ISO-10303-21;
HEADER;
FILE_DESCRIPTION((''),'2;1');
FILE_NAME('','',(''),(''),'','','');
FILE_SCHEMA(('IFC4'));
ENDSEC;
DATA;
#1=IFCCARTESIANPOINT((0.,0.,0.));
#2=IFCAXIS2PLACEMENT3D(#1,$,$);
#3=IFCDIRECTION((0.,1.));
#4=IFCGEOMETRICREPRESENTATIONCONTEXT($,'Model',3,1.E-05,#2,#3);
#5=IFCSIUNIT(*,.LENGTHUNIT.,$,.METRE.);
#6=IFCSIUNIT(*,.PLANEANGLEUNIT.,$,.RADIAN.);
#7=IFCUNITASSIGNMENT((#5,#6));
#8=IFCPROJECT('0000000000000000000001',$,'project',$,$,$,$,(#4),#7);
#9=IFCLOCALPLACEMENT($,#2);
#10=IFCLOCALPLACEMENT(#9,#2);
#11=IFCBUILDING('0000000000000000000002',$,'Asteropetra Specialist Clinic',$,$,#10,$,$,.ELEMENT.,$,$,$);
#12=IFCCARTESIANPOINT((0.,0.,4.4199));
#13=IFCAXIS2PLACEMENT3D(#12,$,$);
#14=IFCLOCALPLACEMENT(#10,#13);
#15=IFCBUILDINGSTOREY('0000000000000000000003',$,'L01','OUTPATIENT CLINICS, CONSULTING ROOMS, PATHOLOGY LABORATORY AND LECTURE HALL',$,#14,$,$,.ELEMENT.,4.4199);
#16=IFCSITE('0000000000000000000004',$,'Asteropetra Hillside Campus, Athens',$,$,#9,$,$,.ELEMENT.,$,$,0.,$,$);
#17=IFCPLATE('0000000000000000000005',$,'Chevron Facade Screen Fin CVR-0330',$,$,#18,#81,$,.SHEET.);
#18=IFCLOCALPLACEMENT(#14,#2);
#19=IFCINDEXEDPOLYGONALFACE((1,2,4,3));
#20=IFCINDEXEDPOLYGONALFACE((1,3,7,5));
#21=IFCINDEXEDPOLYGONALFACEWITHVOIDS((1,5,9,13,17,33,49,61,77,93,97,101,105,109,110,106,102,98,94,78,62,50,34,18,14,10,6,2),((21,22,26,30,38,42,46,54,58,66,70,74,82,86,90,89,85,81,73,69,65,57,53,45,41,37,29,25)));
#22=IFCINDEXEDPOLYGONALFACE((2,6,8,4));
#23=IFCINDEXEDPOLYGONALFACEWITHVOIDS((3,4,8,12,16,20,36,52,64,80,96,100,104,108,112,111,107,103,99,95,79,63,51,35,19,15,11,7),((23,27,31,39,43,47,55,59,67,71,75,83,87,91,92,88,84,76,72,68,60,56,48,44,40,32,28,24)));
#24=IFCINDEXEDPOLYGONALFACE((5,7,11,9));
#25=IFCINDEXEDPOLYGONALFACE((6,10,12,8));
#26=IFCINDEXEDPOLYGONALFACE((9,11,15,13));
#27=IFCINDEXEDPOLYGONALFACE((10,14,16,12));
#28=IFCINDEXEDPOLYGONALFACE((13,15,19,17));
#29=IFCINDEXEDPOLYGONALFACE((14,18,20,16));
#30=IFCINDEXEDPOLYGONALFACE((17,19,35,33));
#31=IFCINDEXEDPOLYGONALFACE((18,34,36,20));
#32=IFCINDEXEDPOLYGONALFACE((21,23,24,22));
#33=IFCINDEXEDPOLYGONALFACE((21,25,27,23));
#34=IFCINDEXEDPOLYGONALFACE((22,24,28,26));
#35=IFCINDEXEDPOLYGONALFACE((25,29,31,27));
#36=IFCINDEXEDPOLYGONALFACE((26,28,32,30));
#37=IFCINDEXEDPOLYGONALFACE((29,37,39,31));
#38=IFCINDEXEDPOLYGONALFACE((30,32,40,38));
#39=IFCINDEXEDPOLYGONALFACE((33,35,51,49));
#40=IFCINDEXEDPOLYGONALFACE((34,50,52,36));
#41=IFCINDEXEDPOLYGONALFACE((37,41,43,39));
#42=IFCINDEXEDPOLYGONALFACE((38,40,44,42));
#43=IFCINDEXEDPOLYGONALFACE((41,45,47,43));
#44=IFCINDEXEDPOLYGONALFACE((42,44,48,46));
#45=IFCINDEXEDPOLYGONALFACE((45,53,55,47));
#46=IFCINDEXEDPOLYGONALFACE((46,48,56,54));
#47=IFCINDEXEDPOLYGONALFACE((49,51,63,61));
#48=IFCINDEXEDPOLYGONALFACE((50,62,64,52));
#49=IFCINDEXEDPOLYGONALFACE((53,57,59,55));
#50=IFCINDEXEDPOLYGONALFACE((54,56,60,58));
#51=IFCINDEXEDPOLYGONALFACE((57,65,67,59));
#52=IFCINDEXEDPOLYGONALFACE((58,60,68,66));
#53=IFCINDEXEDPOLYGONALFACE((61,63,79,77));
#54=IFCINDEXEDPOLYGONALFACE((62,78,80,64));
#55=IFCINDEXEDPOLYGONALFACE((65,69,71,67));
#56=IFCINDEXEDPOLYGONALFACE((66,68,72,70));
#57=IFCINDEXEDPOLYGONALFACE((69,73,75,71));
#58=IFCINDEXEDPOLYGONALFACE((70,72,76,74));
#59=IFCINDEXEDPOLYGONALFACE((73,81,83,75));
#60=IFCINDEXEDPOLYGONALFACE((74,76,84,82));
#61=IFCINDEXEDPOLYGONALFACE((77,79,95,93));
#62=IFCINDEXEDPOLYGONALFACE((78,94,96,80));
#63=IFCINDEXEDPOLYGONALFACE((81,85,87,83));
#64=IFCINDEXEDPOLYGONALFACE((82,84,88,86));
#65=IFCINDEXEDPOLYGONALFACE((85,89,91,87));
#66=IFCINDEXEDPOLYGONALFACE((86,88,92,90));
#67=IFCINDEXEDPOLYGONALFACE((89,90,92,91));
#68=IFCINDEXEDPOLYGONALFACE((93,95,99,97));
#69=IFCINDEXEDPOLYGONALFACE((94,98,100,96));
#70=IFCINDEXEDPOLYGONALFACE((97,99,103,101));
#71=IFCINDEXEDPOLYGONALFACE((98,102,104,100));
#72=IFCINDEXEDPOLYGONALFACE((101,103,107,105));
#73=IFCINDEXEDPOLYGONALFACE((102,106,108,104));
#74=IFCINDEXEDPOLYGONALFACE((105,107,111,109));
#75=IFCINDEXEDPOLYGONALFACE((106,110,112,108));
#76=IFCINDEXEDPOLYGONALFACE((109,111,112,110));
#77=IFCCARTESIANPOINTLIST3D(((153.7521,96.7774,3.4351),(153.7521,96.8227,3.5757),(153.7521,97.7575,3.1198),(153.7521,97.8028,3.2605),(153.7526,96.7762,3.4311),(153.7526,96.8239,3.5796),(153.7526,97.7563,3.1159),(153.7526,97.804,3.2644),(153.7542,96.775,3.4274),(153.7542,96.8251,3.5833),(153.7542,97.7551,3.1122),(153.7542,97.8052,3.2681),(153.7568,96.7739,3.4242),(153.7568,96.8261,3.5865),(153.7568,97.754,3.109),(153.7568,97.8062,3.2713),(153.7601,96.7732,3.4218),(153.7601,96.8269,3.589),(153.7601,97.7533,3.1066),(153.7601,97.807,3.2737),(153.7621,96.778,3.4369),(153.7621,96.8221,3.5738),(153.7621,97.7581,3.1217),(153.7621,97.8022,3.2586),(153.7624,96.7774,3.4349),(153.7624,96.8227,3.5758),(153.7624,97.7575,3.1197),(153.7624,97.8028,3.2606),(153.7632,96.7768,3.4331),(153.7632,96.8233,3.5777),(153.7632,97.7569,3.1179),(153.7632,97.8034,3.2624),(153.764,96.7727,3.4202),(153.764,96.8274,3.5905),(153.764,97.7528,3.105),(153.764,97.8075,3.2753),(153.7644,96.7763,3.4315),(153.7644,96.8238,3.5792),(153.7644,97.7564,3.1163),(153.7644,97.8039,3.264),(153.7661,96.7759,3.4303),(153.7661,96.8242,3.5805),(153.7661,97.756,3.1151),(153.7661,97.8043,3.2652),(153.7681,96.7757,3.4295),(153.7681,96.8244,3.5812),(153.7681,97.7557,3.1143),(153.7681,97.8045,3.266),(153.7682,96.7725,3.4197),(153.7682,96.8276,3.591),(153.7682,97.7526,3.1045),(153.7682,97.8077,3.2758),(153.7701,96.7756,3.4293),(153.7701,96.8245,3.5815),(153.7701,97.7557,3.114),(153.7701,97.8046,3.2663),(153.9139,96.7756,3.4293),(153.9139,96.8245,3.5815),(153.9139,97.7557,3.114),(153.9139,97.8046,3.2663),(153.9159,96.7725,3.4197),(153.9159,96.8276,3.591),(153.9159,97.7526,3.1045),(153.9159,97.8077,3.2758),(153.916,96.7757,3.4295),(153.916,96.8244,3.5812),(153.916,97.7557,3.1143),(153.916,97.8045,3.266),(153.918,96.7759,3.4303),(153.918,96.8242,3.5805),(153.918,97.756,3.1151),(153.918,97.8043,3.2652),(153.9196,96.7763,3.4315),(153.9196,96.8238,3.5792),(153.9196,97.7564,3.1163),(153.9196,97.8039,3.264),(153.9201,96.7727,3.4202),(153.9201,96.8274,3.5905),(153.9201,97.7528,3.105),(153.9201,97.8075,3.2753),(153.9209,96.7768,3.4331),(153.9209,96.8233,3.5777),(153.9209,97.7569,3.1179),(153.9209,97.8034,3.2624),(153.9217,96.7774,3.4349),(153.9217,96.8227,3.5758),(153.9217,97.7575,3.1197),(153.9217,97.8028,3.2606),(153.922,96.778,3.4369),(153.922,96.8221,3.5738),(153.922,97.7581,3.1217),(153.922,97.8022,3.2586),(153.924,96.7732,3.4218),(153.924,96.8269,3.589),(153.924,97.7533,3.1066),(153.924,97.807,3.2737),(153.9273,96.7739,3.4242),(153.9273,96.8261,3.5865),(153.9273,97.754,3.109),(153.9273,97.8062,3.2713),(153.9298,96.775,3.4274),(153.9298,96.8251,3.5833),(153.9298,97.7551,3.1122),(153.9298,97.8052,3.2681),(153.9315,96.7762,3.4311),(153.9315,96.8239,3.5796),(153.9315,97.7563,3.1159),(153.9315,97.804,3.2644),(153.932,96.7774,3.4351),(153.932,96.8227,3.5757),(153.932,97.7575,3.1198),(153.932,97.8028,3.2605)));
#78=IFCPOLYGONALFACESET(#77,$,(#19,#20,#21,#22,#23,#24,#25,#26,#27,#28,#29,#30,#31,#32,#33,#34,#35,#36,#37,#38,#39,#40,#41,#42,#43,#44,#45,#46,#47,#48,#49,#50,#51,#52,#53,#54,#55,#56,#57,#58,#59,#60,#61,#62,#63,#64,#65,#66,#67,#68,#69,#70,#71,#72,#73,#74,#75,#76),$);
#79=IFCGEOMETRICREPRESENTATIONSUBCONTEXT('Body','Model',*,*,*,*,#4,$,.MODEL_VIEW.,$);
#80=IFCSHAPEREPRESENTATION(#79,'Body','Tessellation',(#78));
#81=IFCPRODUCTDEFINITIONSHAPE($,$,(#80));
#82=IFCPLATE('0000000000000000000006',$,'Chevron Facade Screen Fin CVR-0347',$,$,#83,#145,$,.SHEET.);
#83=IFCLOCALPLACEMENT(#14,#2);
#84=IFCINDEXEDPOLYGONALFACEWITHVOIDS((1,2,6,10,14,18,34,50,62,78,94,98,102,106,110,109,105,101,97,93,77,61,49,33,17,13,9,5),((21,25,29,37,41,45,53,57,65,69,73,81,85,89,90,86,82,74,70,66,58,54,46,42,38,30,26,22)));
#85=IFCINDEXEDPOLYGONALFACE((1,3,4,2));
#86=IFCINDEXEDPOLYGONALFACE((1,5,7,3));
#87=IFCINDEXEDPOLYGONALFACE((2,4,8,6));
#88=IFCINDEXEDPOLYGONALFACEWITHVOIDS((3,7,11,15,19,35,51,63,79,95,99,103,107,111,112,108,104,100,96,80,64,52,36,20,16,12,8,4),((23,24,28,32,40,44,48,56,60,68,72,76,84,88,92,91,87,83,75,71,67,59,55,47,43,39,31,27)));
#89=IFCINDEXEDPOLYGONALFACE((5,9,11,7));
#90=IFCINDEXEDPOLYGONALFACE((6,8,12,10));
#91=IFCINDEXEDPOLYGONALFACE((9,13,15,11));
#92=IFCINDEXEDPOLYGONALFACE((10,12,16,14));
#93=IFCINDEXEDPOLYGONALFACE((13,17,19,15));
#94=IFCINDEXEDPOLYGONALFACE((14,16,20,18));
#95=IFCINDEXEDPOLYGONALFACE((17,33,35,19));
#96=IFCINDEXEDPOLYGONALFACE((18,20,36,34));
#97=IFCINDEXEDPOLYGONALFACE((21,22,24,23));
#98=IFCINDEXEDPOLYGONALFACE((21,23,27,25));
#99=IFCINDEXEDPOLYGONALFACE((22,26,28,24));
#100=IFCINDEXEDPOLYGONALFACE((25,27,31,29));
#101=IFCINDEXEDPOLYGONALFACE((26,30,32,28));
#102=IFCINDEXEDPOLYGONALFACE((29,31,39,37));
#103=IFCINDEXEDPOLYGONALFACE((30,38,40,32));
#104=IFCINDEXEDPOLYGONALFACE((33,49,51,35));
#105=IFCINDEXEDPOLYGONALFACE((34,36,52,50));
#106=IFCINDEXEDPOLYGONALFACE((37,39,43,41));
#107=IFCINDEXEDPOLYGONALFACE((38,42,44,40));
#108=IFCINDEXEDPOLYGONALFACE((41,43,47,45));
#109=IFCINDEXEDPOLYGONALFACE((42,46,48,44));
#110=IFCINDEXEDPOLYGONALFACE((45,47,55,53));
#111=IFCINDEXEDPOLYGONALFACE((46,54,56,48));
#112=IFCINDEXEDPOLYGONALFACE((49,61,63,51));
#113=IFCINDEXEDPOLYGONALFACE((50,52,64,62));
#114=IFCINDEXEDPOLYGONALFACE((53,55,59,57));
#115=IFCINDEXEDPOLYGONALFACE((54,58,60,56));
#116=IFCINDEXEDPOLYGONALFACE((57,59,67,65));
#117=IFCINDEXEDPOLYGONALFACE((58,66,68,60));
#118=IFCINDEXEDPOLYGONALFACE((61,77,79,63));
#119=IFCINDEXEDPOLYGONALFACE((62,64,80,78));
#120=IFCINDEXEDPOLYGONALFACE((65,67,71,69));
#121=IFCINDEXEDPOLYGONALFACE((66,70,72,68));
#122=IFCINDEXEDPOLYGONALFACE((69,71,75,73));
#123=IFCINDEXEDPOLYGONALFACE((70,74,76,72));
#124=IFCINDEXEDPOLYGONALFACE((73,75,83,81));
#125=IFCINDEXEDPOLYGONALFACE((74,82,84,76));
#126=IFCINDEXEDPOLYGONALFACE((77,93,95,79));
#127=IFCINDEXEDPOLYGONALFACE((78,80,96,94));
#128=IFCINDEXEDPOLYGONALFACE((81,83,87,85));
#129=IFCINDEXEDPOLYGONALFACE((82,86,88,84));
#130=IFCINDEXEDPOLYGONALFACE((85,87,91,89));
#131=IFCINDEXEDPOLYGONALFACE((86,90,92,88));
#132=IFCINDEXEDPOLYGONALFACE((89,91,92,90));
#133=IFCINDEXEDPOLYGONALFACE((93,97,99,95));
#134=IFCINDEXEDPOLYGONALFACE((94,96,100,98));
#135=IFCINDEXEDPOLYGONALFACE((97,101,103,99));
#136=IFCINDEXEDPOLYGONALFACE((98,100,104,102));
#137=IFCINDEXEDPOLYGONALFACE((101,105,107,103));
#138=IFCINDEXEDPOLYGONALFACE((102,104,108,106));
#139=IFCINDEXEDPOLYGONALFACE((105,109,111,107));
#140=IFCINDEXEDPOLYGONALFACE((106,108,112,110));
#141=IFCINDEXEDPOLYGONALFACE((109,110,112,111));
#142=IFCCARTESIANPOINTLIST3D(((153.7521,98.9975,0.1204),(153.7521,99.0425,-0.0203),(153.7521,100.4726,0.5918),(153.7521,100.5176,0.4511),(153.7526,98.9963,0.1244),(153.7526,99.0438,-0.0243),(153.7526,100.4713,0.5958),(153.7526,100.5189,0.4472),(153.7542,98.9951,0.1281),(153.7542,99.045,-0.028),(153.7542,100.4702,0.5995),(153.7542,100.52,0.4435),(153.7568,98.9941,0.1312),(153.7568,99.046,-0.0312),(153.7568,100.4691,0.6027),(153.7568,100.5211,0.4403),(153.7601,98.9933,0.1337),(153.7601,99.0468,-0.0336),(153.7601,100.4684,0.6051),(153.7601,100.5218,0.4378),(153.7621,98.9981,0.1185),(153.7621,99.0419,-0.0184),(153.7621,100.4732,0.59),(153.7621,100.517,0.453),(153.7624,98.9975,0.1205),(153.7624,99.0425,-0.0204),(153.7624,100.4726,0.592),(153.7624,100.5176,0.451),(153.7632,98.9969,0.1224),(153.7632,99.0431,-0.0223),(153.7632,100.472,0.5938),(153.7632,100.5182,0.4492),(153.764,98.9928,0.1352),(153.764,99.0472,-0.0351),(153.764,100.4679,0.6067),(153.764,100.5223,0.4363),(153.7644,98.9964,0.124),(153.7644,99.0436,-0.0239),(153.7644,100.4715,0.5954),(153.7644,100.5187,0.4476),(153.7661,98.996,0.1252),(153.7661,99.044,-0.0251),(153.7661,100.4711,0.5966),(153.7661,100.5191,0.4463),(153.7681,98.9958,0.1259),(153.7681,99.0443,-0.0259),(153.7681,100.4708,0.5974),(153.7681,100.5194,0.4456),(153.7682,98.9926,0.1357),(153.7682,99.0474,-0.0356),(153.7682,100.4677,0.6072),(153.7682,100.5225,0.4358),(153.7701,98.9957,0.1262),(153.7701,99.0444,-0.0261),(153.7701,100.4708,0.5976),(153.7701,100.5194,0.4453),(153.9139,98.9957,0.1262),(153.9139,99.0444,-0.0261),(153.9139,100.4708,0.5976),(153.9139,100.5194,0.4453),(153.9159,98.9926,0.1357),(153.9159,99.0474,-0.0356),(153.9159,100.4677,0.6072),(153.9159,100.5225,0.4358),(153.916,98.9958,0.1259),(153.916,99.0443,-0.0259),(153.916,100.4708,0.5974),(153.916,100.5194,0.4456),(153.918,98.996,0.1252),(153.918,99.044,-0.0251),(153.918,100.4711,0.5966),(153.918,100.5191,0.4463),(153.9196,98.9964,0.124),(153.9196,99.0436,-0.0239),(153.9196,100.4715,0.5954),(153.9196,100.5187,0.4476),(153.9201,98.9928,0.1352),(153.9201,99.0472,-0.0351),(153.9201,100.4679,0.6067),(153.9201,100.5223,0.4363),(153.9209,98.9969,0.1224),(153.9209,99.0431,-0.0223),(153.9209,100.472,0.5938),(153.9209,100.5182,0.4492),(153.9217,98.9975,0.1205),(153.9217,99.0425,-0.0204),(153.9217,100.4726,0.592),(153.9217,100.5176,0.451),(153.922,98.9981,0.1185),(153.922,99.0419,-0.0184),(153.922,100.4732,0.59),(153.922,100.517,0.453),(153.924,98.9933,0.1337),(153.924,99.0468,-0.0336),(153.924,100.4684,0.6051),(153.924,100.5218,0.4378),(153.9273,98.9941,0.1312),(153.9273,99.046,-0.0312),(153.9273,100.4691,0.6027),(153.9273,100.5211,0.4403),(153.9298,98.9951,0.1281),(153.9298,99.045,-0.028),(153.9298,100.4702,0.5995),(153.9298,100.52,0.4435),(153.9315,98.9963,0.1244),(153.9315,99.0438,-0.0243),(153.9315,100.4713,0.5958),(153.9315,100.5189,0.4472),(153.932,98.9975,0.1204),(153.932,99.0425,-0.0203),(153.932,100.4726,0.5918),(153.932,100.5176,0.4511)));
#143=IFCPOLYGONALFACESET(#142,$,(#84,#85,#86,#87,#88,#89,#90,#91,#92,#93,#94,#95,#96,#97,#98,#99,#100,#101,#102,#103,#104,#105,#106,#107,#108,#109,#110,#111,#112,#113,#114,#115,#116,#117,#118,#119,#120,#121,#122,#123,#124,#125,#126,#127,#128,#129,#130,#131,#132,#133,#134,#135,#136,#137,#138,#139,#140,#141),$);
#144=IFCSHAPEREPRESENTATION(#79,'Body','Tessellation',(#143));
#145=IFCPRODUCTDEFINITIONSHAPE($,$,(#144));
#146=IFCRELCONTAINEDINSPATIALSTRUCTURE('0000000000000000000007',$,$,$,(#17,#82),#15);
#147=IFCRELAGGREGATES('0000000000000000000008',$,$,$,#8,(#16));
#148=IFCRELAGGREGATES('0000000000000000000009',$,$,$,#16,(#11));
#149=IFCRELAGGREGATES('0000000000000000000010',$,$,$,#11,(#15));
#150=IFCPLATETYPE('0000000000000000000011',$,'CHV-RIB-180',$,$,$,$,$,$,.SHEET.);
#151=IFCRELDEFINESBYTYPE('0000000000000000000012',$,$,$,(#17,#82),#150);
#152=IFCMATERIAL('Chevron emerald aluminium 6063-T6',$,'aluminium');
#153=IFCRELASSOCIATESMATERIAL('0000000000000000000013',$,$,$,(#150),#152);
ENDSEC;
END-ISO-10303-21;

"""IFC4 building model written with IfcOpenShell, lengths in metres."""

from ifc_helpers import new_model, si_unit, direction, frame, origin, origin_2d, place, context, subcontext, project, spatial, hollow_rectangle, extrude, material, material_profile, profile_set, type_object, element, save


model = new_model("IFC4")

# Units and contexts
model_context = context("Model", 3, precision=1e-05, world=origin(), true_north=direction((0.0, 1.0)))
body_context = subcontext(model_context, "Body", "Model", "MODEL_VIEW")
ifc_project = project(units=[si_unit("LENGTHUNIT", "METRE"), si_unit("PLANEANGLEUNIT", "RADIAN")], contexts=[model_context])

# Site, building, storey
site_placement = place(None, origin())
site = spatial("IfcSite", under=ifc_project, at=site_placement, Name="Asteropetra Hillside Campus, Athens", CompositionType="ELEMENT", RefElevation=0.0)
building_placement = place(site_placement, origin())
building = spatial("IfcBuilding", under=site, at=building_placement, Name="Asteropetra Specialist Clinic", CompositionType="ELEMENT")
storey_placement = place(building_placement, frame((0.0, 0.0, 4.4199)))
storey = spatial("IfcBuildingStorey", under=building, at=storey_placement, Name="L01", Description="OUTPATIENT CLINICS, CONSULTING ROOMS, PATHOLOGY LABORATORY AND LECTURE HALL", CompositionType="ELEMENT", Elevation=4.4199)

# Plates
ifc_material_1 = material(Name="Chevron emerald aluminium 6063-T6", Category="aluminium")
ifc_material_profile = material_profile(ifc_material_1, hollow_rectangle(XDim=0.1799, YDim=0.1799, WallThickness=0.01, InnerFilletRadius=0.0081, OuterFilletRadius=0.0161, at=origin_2d()), Name="SHS 180x180x10.0")
ifc_profile_set = profile_set([ifc_material_profile], Name="Chevron emerald aluminium 6063-T6")
plate_type = type_object("IfcPlateType", Name="CHV-RIB-180", PredefinedType="SHEET", material=ifc_profile_set)
for number, where, z_axis, x_axis, name in (
    (1, (153.842, 96.8, 3.5054), (0.0, 0.951974, -0.306178), (-1.0, 0.0, 0.0), "Chevron Facade Screen Fin CVR-0330"),
):
    element("IfcPlate", number, at=place(storey_placement, frame(where, z_axis=z_axis, x_axis=x_axis)), inside=storey, type_object=plate_type, Name=name, PredefinedType="SHEET", context=body_context, shape_type="SweptSolid", body=[
        extrude(hollow_rectangle(XDim=0.1799, YDim=0.1799, WallThickness=0.01, InnerFilletRadius=0.0081, OuterFilletRadius=0.0161, at=origin_2d()), origin(), (0.0, 0.0, 1.0), 1.0295),
    ])
plate_1_placement = place(storey_placement, frame((153.842, 99.02, 0.05), z_axis=(0.0, 0.952536, 0.304427), x_axis=(-1.0, 0.0, 0.0)))
element("IfcPlate", 2, at=plate_1_placement, inside=storey, type_object=plate_type, Name="Chevron Facade Screen Fin CVR-0347", PredefinedType="SHEET", context=body_context, shape_type="SweptSolid", body=[
    extrude(hollow_rectangle(XDim=0.1799, YDim=0.1799, WallThickness=0.01, InnerFilletRadius=0.0081, OuterFilletRadius=0.0161, at=origin_2d()), origin(), (0.0, 0.0, 1.0), 1.5486),
])

save(model, "model.ifc")
